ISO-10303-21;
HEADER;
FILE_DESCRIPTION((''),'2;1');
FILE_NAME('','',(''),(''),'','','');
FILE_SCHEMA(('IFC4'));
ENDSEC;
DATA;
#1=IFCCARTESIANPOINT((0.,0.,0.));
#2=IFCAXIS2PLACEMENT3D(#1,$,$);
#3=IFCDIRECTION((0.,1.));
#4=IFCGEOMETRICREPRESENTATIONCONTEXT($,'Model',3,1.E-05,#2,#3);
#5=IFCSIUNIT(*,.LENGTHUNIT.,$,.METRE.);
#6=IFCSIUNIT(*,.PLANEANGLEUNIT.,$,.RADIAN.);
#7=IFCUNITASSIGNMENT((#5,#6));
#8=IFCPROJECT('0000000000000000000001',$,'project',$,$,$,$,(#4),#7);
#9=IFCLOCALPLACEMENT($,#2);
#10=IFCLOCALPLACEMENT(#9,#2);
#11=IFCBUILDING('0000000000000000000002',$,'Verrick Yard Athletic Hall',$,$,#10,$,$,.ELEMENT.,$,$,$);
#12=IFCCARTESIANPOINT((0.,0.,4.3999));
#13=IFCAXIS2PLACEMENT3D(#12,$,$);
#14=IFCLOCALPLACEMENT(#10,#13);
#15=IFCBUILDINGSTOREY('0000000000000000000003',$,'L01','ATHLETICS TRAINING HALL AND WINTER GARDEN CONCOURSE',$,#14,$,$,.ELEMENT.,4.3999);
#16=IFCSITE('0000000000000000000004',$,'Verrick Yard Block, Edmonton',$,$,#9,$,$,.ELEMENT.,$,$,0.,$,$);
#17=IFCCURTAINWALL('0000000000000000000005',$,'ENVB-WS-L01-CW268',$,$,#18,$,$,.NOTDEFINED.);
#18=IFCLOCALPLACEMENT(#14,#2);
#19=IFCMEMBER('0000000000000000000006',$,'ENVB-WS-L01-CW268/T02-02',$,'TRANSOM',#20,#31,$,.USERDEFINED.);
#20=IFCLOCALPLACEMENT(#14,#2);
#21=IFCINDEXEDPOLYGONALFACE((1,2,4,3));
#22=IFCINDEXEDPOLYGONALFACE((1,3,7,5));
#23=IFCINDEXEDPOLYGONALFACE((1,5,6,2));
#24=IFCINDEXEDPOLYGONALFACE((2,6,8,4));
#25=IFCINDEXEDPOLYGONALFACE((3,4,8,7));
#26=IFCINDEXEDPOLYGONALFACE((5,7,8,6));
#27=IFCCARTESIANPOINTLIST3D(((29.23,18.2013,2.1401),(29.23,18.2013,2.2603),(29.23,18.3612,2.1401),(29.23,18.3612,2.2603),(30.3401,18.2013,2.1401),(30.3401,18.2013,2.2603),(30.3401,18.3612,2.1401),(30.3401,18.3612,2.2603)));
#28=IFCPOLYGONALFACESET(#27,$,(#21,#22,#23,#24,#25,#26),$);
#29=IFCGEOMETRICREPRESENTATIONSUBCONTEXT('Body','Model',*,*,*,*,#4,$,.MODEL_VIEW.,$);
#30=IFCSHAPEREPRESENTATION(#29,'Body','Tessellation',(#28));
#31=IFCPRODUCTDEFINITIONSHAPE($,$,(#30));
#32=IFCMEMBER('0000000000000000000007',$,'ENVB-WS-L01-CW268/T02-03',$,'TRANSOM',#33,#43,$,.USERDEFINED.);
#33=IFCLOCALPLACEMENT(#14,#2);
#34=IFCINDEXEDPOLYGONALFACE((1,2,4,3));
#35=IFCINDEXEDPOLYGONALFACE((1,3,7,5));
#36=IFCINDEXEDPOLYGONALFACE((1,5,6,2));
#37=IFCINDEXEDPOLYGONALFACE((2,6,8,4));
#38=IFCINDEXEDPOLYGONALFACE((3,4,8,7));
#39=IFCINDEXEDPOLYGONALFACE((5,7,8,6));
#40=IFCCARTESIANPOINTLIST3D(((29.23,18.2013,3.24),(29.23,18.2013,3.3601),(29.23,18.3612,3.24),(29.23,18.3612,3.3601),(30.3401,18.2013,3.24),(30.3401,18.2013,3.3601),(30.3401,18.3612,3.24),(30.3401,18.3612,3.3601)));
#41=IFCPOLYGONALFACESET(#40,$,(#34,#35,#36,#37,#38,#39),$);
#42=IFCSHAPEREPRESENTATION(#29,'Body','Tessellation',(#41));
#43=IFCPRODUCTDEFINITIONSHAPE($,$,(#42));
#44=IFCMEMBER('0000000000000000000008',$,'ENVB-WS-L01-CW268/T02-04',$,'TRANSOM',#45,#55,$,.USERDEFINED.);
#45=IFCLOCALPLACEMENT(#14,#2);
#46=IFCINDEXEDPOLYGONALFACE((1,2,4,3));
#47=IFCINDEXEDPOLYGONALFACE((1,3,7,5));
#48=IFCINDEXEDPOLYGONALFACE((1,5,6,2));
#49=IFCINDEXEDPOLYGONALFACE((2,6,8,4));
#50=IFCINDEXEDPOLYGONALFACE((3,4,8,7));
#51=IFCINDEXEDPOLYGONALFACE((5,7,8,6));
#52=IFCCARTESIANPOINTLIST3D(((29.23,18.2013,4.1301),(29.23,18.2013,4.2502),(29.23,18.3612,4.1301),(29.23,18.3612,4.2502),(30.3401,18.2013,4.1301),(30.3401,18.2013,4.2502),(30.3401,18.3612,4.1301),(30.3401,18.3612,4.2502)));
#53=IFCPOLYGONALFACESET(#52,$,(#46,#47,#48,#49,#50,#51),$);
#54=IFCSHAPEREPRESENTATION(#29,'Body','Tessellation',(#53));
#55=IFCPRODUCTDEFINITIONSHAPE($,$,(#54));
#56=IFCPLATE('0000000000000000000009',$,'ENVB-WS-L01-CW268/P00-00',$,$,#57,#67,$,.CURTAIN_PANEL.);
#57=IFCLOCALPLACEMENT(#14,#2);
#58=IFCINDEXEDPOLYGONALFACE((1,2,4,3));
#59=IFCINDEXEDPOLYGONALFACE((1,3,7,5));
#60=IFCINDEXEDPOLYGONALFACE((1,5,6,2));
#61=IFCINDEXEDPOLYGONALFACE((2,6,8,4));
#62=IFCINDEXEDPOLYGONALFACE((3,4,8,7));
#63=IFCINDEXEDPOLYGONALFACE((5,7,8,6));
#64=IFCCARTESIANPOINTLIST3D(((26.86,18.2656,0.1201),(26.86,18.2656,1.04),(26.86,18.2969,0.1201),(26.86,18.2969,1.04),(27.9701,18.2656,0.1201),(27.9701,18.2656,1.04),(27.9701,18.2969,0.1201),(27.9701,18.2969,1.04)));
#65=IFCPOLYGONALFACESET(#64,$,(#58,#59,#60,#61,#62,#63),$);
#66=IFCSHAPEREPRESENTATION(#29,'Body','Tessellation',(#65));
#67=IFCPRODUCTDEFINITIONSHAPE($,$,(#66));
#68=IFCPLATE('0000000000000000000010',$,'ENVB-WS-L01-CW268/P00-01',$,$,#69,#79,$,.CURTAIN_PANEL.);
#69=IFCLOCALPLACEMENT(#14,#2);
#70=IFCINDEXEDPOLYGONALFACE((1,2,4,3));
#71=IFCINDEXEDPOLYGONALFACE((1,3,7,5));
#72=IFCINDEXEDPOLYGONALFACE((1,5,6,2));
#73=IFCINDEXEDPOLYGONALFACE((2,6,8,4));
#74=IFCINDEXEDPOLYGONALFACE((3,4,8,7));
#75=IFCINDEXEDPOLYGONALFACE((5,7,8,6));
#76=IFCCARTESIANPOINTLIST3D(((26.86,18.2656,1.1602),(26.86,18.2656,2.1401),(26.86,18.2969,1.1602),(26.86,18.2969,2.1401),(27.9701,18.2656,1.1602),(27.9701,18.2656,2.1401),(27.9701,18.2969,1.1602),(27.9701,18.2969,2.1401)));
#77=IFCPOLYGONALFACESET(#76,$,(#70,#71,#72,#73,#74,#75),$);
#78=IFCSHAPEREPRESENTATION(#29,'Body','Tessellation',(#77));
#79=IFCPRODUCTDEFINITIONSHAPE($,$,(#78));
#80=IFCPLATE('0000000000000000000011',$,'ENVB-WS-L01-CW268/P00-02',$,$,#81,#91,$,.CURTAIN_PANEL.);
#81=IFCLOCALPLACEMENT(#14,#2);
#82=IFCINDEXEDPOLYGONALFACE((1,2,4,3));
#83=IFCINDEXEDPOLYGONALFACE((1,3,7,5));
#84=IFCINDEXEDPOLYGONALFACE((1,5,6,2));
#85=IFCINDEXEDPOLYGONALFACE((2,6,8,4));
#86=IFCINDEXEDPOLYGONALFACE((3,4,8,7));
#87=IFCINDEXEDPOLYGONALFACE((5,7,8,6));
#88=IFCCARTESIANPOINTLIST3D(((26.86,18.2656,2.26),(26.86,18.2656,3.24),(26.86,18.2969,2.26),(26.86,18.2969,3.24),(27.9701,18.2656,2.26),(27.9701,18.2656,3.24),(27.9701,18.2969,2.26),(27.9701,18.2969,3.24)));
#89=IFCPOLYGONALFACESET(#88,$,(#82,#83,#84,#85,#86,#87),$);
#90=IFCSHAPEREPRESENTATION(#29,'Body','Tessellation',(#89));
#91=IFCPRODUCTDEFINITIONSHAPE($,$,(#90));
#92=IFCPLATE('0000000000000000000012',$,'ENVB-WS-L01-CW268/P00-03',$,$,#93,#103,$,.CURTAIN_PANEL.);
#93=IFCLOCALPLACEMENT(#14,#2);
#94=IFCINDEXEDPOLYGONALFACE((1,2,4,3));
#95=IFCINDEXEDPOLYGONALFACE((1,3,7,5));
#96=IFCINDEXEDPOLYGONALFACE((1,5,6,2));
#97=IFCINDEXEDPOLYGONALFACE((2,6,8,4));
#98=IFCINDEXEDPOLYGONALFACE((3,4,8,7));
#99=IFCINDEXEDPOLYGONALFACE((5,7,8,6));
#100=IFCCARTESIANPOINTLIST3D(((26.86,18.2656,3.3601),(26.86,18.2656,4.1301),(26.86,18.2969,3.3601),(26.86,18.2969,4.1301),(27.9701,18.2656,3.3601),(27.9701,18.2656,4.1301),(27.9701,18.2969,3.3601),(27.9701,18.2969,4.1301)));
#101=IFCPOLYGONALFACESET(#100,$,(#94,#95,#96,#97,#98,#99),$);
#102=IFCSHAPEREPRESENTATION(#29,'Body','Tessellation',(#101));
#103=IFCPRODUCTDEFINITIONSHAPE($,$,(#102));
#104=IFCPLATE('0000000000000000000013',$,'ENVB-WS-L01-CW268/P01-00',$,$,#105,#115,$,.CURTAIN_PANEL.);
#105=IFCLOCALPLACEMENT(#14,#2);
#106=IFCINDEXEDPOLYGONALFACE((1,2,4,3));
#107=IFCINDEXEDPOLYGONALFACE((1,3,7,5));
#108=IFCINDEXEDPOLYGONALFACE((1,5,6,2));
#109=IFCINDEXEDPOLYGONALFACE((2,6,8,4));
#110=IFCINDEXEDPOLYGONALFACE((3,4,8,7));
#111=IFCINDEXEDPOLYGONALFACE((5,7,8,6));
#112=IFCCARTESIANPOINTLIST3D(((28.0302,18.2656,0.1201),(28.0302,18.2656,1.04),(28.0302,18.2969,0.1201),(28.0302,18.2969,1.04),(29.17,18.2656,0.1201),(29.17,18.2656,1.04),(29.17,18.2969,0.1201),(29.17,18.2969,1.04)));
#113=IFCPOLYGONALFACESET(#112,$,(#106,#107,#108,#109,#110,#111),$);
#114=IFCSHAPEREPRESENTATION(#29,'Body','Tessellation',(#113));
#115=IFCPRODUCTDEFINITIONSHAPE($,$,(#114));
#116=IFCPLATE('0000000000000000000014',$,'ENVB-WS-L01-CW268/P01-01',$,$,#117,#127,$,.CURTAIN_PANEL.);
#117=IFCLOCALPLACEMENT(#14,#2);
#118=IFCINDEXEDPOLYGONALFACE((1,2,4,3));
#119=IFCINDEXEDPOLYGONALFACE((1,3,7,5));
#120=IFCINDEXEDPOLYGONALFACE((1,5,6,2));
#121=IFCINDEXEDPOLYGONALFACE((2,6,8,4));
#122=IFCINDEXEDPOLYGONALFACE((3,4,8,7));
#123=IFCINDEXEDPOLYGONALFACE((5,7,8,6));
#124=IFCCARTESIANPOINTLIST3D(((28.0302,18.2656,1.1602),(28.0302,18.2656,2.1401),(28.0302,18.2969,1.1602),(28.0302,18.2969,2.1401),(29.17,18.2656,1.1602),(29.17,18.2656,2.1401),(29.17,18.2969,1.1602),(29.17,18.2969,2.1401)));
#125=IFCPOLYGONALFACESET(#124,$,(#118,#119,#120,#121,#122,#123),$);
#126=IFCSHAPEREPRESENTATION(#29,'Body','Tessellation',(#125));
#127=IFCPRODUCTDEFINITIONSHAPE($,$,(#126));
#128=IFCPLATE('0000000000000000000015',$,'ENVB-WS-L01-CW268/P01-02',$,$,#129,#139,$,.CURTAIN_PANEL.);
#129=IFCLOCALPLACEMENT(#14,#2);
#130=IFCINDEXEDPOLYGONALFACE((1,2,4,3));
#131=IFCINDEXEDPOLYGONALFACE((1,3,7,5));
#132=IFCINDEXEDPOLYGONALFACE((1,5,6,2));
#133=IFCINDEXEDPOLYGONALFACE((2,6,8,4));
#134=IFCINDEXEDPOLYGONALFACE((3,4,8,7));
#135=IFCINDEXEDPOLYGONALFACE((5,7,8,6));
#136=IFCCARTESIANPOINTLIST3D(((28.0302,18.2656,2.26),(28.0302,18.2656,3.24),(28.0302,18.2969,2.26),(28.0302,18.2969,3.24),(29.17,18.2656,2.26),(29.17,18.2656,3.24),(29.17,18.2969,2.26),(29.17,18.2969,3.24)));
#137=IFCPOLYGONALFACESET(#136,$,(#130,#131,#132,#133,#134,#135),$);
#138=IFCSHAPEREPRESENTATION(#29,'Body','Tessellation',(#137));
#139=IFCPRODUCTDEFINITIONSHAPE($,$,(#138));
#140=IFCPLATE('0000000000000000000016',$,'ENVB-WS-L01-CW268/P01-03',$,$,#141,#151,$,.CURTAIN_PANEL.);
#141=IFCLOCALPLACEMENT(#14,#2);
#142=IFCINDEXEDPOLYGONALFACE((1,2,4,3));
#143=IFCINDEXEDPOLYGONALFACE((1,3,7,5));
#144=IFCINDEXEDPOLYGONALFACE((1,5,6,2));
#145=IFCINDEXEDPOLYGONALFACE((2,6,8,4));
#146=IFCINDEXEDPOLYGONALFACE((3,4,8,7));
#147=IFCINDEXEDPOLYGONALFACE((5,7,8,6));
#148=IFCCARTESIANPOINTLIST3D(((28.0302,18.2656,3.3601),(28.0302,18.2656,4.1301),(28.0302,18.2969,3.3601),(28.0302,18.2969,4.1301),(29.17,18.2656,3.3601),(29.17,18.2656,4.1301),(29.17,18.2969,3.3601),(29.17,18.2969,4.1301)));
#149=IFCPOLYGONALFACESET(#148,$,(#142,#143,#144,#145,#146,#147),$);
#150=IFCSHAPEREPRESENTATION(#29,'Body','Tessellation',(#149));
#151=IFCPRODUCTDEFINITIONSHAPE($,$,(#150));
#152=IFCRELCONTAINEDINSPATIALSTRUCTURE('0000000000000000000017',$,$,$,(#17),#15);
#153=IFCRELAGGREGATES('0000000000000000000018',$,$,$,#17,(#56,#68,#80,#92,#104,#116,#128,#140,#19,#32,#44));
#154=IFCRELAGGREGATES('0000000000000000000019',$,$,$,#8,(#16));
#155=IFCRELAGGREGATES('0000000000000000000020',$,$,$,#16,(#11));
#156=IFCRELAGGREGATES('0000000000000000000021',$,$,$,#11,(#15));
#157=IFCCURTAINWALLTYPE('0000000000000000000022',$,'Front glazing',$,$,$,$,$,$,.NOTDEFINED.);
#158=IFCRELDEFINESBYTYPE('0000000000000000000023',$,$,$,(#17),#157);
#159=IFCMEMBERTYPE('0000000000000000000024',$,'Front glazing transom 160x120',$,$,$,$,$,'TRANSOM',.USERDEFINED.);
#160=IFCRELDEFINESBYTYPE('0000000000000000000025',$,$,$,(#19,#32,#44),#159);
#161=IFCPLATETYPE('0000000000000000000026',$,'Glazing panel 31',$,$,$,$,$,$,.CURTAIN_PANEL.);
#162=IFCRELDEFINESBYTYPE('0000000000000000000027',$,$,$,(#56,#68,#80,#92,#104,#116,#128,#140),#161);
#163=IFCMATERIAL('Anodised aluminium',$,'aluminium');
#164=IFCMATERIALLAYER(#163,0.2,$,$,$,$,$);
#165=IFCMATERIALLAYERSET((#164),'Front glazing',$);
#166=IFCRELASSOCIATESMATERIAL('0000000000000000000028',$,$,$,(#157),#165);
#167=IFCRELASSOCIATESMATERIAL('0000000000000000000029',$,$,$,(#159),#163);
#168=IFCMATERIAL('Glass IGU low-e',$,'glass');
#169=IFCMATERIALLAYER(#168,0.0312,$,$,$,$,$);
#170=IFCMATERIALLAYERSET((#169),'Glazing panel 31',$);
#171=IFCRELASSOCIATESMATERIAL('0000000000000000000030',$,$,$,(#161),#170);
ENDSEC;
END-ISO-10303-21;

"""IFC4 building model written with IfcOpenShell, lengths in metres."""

from ifc_helpers import new_model, si_unit, direction, frame, origin, origin_2d, place, context, subcontext, project, spatial, rectangle, extrude, material, layer, layer_set, material_profile, profile_set, type_object, element, aggregate, save


model = new_model("IFC4")

# Units and contexts
model_context = context("Model", 3, precision=1e-05, world=origin(), true_north=direction((0.0, 1.0)))
body_context = subcontext(model_context, "Body", "Model", "MODEL_VIEW")
ifc_project = project(units=[si_unit("LENGTHUNIT", "METRE"), si_unit("PLANEANGLEUNIT", "RADIAN")], contexts=[model_context])

# Site, building, storey
site_placement = place(None, origin())
site = spatial("IfcSite", under=ifc_project, at=site_placement, Name="Verrick Yard Block, Edmonton", CompositionType="ELEMENT", RefElevation=0.0)
building_placement = place(site_placement, origin())
building = spatial("IfcBuilding", under=site, at=building_placement, Name="Verrick Yard Athletic Hall", CompositionType="ELEMENT")
storey_placement = place(building_placement, frame((0.0, 0.0, 4.3999)))
storey = spatial("IfcBuildingStorey", under=building, at=storey_placement, Name="L01", Description="ATHLETICS TRAINING HALL AND WINTER GARDEN CONCOURSE", CompositionType="ELEMENT", Elevation=4.3999)

# Curtain wall, members, plates
ifc_material_1 = material(Name="Anodised aluminium", Category="aluminium")
ifc_layer_1 = layer(ifc_material_1, 0.2)
ifc_layer_set_1 = layer_set([ifc_layer_1], Name="Front glazing")
curtain_wall_type = type_object("IfcCurtainWallType", Name="Front glazing", PredefinedType="NOTDEFINED", material=ifc_layer_set_1)
curtain_wall_placement = place(storey_placement, origin())
curtain_wall = element("IfcCurtainWall", 1, at=curtain_wall_placement, inside=storey, type_object=curtain_wall_type, Name="ENVB-WS-L01-CW268", PredefinedType="NOTDEFINED")
ifc_material_profile_1 = material_profile(ifc_material_1, rectangle(XDim=0.1599, YDim=0.1201, at=origin_2d()), Name="CW transom 160x120")
ifc_profile_set_1 = profile_set([ifc_material_profile_1], Name="Anodised aluminium")
member_type_1 = type_object("IfcMemberType", Name="Front glazing transom 160x120", ElementType="TRANSOM", PredefinedType="USERDEFINED", material=ifc_profile_set_1)
member_1_placement = place(storey_placement, frame((29.23, 18.2812, 2.2002), z_axis=(1.0, 0.0, 0.0), x_axis=(0.0, 1.0, 0.0)))
member_1 = element("IfcMember", 2, at=member_1_placement, type_object=member_type_1, Name="ENVB-WS-L01-CW268/T02-02", ObjectType="TRANSOM", PredefinedType="USERDEFINED", context=body_context, shape_type="SweptSolid", body=[
    extrude(rectangle(XDim=0.1599, YDim=0.1201, at=origin_2d()), origin(), (0.0, 0.0, 1.0), 1.1101),
])
member_2_placement = place(storey_placement, frame((29.23, 18.2812, 3.3), z_axis=(1.0, 0.0, 0.0), x_axis=(0.0, 1.0, 0.0)))
member_2 = element("IfcMember", 3, at=member_2_placement, type_object=member_type_1, Name="ENVB-WS-L01-CW268/T02-03", ObjectType="TRANSOM", PredefinedType="USERDEFINED", context=body_context, shape_type="SweptSolid", body=[
    extrude(rectangle(XDim=0.1599, YDim=0.1201, at=origin_2d()), origin(), (0.0, 0.0, 1.0), 1.1101),
])
member_3_placement = place(storey_placement, frame((29.23, 18.2812, 4.1902), z_axis=(1.0, 0.0, 0.0), x_axis=(0.0, 1.0, 0.0)))
member_3 = element("IfcMember", 4, at=member_3_placement, type_object=member_type_1, Name="ENVB-WS-L01-CW268/T02-04", ObjectType="TRANSOM", PredefinedType="USERDEFINED", context=body_context, shape_type="SweptSolid", body=[
    extrude(rectangle(XDim=0.1599, YDim=0.1201, at=origin_2d()), origin(), (0.0, 0.0, 1.0), 1.1101),
])
ifc_material_2 = material(Name="Glass IGU low-e", Category="glass")
ifc_layer_2 = layer(ifc_material_2, 0.0312)
ifc_layer_set_2 = layer_set([ifc_layer_2], Name="Glazing panel 31")
plate_type = type_object("IfcPlateType", Name="Glazing panel 31", PredefinedType="CURTAIN_PANEL", material=ifc_layer_set_2)
plate_1_placement = place(storey_placement, frame((27.415, 18.2812, 0.1201), z_axis=(0.0, 0.0, 1.0), x_axis=(1.0, 0.0, 0.0)))
plate_1 = element("IfcPlate", 5, at=plate_1_placement, type_object=plate_type, Name="ENVB-WS-L01-CW268/P00-00", PredefinedType="CURTAIN_PANEL", context=body_context, shape_type="SweptSolid", body=[
    extrude(rectangle(XDim=1.1101, YDim=0.0312, at=origin_2d()), origin(), (0.0, 0.0, 1.0), 0.9199),
])
plate_2_placement = place(storey_placement, frame((27.415, 18.2812, 1.1602), z_axis=(0.0, 0.0, 1.0), x_axis=(1.0, 0.0, 0.0)))
plate_2 = element("IfcPlate", 6, at=plate_2_placement, type_object=plate_type, Name="ENVB-WS-L01-CW268/P00-01", PredefinedType="CURTAIN_PANEL", context=body_context, shape_type="SweptSolid", body=[
    extrude(rectangle(XDim=1.1101, YDim=0.0312, at=origin_2d()), origin(), (0.0, 0.0, 1.0), 0.98),
])
plate_3_placement = place(storey_placement, frame((27.415, 18.2812, 2.26), z_axis=(0.0, 0.0, 1.0), x_axis=(1.0, 0.0, 0.0)))
plate_3 = element("IfcPlate", 7, at=plate_3_placement, type_object=plate_type, Name="ENVB-WS-L01-CW268/P00-02", PredefinedType="CURTAIN_PANEL", context=body_context, shape_type="SweptSolid", body=[
    extrude(rectangle(XDim=1.1101, YDim=0.0312, at=origin_2d()), origin(), (0.0, 0.0, 1.0), 0.98),
])
plate_4_placement = place(storey_placement, frame((27.415, 18.2812, 3.3601), z_axis=(0.0, 0.0, 1.0), x_axis=(1.0, 0.0, 0.0)))
plate_4 = element("IfcPlate", 8, at=plate_4_placement, type_object=plate_type, Name="ENVB-WS-L01-CW268/P00-03", PredefinedType="CURTAIN_PANEL", context=body_context, shape_type="SweptSolid", body=[
    extrude(rectangle(XDim=1.1101, YDim=0.0312, at=origin_2d()), origin(), (0.0, 0.0, 1.0), 0.77),
])
plate_5_placement = place(storey_placement, frame((28.6001, 18.2812, 0.1201), z_axis=(0.0, 0.0, 1.0), x_axis=(1.0, 0.0, 0.0)))
plate_5 = element("IfcPlate", 9, at=plate_5_placement, type_object=plate_type, Name="ENVB-WS-L01-CW268/P01-00", PredefinedType="CURTAIN_PANEL", context=body_context, shape_type="SweptSolid", body=[
    extrude(rectangle(XDim=1.1399, YDim=0.0312, at=origin_2d()), origin(), (0.0, 0.0, 1.0), 0.9199),
])
plate_6_placement = place(storey_placement, frame((28.6001, 18.2812, 1.1602), z_axis=(0.0, 0.0, 1.0), x_axis=(1.0, 0.0, 0.0)))
plate_6 = element("IfcPlate", 10, at=plate_6_placement, type_object=plate_type, Name="ENVB-WS-L01-CW268/P01-01", PredefinedType="CURTAIN_PANEL", context=body_context, shape_type="SweptSolid", body=[
    extrude(rectangle(XDim=1.1399, YDim=0.0312, at=origin_2d()), origin(), (0.0, 0.0, 1.0), 0.98),
])
plate_7_placement = place(storey_placement, frame((28.6001, 18.2812, 2.26), z_axis=(0.0, 0.0, 1.0), x_axis=(1.0, 0.0, 0.0)))
plate_7 = element("IfcPlate", 11, at=plate_7_placement, type_object=plate_type, Name="ENVB-WS-L01-CW268/P01-02", PredefinedType="CURTAIN_PANEL", context=body_context, shape_type="SweptSolid", body=[
    extrude(rectangle(XDim=1.1399, YDim=0.0312, at=origin_2d()), origin(), (0.0, 0.0, 1.0), 0.98),
])
plate_8_placement = place(storey_placement, frame((28.6001, 18.2812, 3.3601), z_axis=(0.0, 0.0, 1.0), x_axis=(1.0, 0.0, 0.0)))
plate_8 = element("IfcPlate", 12, at=plate_8_placement, type_object=plate_type, Name="ENVB-WS-L01-CW268/P01-03", PredefinedType="CURTAIN_PANEL", context=body_context, shape_type="SweptSolid", body=[
    extrude(rectangle(XDim=1.1399, YDim=0.0312, at=origin_2d()), origin(), (0.0, 0.0, 1.0), 0.77),
])
aggregate(curtain_wall, [plate_1, plate_2, plate_3, plate_4, plate_5, plate_6, plate_7, plate_8, member_1, member_2, member_3])

save(model, "model.ifc")
